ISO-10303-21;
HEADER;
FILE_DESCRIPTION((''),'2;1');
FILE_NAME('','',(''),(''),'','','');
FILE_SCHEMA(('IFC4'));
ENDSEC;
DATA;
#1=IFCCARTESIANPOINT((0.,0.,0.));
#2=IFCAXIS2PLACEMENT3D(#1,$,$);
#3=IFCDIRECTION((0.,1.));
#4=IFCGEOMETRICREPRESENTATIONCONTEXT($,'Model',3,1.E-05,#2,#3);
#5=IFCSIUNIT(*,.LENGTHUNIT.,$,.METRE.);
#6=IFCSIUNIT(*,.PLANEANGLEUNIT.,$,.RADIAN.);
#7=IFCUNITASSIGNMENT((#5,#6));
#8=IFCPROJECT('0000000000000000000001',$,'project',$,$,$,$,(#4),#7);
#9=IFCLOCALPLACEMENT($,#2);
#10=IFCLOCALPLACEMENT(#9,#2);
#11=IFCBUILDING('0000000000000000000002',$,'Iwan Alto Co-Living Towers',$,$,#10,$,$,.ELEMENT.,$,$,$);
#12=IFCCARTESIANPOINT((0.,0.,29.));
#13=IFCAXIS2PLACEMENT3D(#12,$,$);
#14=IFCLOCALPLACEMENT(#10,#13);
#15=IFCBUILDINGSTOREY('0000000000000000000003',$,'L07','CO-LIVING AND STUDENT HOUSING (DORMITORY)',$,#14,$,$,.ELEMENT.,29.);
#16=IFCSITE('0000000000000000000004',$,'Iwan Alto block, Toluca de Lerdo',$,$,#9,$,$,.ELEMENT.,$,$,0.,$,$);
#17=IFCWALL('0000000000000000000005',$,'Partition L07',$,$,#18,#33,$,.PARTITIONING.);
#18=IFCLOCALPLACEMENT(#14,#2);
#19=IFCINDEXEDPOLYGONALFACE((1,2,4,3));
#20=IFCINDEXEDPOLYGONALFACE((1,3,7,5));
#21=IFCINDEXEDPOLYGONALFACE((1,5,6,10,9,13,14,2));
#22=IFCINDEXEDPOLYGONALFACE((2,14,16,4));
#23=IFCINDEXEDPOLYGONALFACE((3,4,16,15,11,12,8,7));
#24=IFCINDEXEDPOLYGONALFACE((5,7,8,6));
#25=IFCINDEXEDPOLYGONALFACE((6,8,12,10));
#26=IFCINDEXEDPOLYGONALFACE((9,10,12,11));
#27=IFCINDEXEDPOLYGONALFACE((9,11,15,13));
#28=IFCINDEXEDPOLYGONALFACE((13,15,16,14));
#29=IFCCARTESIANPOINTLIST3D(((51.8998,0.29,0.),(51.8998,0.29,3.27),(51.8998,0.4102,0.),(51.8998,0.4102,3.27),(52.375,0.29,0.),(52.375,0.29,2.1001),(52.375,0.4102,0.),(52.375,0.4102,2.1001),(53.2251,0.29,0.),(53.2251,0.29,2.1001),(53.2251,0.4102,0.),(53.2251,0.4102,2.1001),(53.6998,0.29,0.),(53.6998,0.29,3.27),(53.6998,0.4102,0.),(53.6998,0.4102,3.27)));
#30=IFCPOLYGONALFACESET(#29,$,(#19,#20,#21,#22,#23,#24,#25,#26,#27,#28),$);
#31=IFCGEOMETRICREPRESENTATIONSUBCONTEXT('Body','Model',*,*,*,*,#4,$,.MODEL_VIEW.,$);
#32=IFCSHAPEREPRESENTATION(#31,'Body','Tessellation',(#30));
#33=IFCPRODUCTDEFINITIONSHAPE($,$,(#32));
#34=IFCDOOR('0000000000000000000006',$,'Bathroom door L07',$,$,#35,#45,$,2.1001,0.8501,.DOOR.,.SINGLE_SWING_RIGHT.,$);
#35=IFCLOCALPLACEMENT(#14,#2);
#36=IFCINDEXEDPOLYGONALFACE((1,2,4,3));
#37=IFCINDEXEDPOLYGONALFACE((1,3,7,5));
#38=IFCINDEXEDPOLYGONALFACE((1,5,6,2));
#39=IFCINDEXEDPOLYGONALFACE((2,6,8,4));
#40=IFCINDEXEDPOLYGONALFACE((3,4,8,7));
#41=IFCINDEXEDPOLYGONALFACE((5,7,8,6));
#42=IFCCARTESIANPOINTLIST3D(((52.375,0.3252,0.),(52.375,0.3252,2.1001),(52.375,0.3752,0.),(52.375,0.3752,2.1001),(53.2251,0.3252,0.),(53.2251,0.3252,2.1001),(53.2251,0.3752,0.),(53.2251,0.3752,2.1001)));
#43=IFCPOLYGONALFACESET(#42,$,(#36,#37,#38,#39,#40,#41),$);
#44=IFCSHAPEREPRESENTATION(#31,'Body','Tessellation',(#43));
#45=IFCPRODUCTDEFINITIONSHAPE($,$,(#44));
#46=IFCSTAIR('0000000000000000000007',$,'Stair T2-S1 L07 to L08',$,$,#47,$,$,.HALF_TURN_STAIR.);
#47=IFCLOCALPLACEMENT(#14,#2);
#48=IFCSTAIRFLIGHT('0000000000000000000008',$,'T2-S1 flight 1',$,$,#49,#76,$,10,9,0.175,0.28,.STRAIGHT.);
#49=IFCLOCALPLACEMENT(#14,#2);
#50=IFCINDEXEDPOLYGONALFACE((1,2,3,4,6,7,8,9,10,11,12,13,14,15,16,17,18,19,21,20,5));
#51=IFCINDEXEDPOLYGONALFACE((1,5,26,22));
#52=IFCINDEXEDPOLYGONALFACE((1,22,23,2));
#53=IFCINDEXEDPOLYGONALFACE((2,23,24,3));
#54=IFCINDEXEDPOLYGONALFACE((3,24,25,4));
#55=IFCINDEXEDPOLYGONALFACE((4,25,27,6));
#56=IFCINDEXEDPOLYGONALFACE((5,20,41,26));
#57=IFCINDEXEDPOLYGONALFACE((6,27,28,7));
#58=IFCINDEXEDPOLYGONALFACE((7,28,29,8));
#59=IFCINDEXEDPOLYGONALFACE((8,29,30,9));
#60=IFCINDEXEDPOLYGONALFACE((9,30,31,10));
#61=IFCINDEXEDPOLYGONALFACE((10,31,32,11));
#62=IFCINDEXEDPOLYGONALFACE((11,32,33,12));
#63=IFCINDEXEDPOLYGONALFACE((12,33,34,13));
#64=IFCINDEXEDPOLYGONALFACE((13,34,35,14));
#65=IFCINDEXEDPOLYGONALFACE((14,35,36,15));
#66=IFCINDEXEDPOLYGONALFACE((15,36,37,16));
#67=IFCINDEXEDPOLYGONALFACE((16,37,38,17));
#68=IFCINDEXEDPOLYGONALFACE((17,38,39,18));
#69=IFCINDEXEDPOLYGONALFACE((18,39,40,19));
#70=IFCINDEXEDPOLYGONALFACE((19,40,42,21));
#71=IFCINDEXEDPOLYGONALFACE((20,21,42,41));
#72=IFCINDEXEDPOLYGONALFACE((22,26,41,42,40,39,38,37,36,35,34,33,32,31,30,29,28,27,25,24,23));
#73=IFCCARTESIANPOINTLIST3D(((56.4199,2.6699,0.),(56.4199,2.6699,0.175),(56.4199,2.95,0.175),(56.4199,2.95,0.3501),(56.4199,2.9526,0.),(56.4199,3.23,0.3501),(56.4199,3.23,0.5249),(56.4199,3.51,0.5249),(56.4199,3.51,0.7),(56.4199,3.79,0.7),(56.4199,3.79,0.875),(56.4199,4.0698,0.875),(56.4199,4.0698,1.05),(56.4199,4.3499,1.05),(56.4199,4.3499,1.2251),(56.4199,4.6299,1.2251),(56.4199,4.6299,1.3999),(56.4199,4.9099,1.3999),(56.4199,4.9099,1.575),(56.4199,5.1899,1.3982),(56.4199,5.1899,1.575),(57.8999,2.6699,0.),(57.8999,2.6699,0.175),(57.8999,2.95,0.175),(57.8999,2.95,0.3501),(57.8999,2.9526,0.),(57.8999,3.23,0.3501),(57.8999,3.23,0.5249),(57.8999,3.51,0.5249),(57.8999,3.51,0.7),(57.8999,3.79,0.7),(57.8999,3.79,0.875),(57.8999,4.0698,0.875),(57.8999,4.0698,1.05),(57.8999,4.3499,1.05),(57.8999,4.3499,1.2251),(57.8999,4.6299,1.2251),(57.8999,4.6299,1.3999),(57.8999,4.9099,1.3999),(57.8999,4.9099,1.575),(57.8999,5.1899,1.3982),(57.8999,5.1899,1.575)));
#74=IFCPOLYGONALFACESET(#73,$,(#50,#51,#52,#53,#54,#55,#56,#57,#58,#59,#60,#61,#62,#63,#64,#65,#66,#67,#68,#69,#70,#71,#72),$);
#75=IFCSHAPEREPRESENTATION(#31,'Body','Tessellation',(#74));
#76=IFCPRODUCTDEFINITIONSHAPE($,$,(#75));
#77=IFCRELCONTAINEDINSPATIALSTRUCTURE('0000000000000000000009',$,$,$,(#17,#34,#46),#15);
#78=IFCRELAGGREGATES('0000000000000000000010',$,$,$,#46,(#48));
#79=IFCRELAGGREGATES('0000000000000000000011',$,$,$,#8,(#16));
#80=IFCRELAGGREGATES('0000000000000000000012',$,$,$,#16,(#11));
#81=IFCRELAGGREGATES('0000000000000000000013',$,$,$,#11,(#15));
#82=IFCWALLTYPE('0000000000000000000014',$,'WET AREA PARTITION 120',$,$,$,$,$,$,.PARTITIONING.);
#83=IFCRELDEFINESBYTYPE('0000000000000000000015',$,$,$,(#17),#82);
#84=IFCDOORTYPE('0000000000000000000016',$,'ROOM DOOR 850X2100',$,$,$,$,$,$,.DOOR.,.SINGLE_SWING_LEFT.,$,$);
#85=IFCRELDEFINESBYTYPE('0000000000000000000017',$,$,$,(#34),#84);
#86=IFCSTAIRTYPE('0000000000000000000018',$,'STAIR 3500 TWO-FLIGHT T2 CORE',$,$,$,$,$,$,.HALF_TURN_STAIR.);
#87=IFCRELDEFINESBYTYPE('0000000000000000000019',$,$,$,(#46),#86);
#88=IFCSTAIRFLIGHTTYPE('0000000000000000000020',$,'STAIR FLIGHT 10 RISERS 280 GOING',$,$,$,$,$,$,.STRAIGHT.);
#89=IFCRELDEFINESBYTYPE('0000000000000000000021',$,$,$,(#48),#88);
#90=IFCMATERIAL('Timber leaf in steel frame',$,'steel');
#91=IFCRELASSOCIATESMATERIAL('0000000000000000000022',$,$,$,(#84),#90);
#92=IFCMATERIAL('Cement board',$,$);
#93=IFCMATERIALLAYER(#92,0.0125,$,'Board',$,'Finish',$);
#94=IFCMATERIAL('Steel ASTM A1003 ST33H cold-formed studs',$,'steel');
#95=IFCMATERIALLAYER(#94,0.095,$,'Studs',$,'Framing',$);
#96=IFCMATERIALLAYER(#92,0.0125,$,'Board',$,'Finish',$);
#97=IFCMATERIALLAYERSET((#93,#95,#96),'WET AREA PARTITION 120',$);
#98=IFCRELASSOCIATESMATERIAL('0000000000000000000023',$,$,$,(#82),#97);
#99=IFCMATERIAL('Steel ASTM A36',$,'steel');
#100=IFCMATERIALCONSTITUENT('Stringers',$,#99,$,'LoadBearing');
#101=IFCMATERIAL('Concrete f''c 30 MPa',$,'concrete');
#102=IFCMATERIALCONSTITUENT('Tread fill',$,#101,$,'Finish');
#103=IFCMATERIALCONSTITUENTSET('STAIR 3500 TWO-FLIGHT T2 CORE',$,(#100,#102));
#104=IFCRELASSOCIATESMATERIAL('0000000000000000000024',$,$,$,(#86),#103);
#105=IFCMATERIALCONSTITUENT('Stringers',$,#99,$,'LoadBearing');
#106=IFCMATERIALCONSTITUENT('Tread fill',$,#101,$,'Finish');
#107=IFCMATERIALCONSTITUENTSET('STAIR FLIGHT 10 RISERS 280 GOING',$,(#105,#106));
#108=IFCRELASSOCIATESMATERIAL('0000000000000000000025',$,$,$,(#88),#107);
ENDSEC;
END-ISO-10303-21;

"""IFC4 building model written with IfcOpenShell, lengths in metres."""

from ifc_helpers import new_model, si_unit, direction, frame, frame_2d, origin, place, context, subcontext, project, spatial, polyline, rectangle, outline, extrude, material, layer, layer_set, constituent, constituent_set, type_object, element, fill, aggregate, save


model = new_model("IFC4")

# Units and contexts
model_context = context("Model", 3, precision=1e-05, world=origin(), true_north=direction((0.0, 1.0)))
body_context = subcontext(model_context, "Body", "Model", "MODEL_VIEW")
ifc_project = project(units=[si_unit("LENGTHUNIT", "METRE"), si_unit("PLANEANGLEUNIT", "RADIAN")], contexts=[model_context])

# Site, building, storey
site_placement = place(None, origin())
site = spatial("IfcSite", under=ifc_project, at=site_placement, Name="Iwan Alto block, Toluca de Lerdo", CompositionType="ELEMENT", RefElevation=0.0)
building_placement = place(site_placement, origin())
building = spatial("IfcBuilding", under=site, at=building_placement, Name="Iwan Alto Co-Living Towers", CompositionType="ELEMENT")
storey_placement = place(building_placement, frame((0.0, 0.0, 29.0)))
storey = spatial("IfcBuildingStorey", under=building, at=storey_placement, Name="L07", Description="CO-LIVING AND STUDENT HOUSING (DORMITORY)", CompositionType="ELEMENT", Elevation=29.0)

# Shared definitions
ifc_material_1 = material(Name="Steel ASTM A1003 ST33H cold-formed studs", Category="steel")

# Shared definitions
ifc_material_2 = material(Name="Timber leaf in steel frame", Category="steel")
door_type_1 = type_object("IfcDoorType", Name="ROOM DOOR 850X2100", OperationType="SINGLE_SWING_LEFT", PredefinedType="DOOR", material=ifc_material_2)

# Wall, opening, door
ifc_material_3 = material(Name="Cement board")
ifc_layer_1 = layer(ifc_material_3, 0.0125, Name="Board", Category="Finish")
ifc_layer_2 = layer(ifc_material_1, 0.095, Name="Studs", Category="Framing")
ifc_layer_3 = layer(ifc_material_3, 0.0125, Name="Board", Category="Finish")
ifc_layer_set_1 = layer_set([ifc_layer_1, ifc_layer_2, ifc_layer_3], Name="WET AREA PARTITION 120")
wall_type_1 = type_object("IfcWallType", Name="WET AREA PARTITION 120", PredefinedType="PARTITIONING", material=ifc_layer_set_1)
wall_1_placement = place(storey_placement, frame((51.8999, 0.3501, 0.0), z_axis=(0.0, 0.0, 1.0), x_axis=(1.0, 0.0, 0.0)))
wall_1 = element("IfcWall", 1, at=wall_1_placement, inside=storey, type_object=wall_type_1, Name="Partition L07", PredefinedType="PARTITIONING", context=body_context, shape_type="SweptSolid", body=[
    extrude(rectangle(XDim=1.8, YDim=0.1201, at=frame_2d((0.8999, 0.0))), origin(), (0.0, 0.0, 1.0), 3.27),
])
opening_1_placement = place(wall_1_placement, frame((0.4751, 0.0, 0.0)))
opening_1 = element("IfcOpeningElement", 2, at=opening_1_placement, cuts=wall_1, PredefinedType="OPENING", context=body_context, shape_type="SweptSolid", body=[
    extrude(rectangle(XDim=0.8501, YDim=2.1001, at=frame_2d((0.425, 1.05))), frame((0.0, 0.0701, 0.0), z_axis=(0.0, -1.0, 0.0), x_axis=(1.0, 0.0, 0.0)), (0.0, 0.0, 1.0), 0.1401),
])
door_1_placement = place(opening_1_placement, frame((0.8501, 0.0, 0.0), z_axis=(0.0, 0.0, 1.0), x_axis=(-1.0, 0.0, 0.0)))
door_1 = element("IfcDoor", 3, at=door_1_placement, inside=storey, type_object=door_type_1, Name="Bathroom door L07", OperationType="SINGLE_SWING_RIGHT", OverallHeight=2.1001, OverallWidth=0.8501, PredefinedType="DOOR", context=body_context, shape_type="SweptSolid", body=[
    extrude(rectangle(XDim=0.8501, YDim=2.1001, at=frame_2d((0.425, 1.05))), frame((0.0, 0.0249, 0.0), z_axis=(0.0, -1.0, 0.0), x_axis=(1.0, 0.0, 0.0)), (0.0, 0.0, 1.0), 0.05),
])
fill(opening_1, door_1)

# Stair, stair flight
ifc_material_4 = material(Name="Steel ASTM A36", Category="steel")
ifc_constituent_1 = constituent(ifc_material_4, Name="Stringers", Category="LoadBearing")
ifc_material_5 = material(Name="Concrete f'c 30 MPa", Category="concrete")
ifc_constituent_2 = constituent(ifc_material_5, Name="Tread fill", Category="Finish")
ifc_constituent_set_1 = constituent_set(constituents=[ifc_constituent_1, ifc_constituent_2], Name="STAIR 3500 TWO-FLIGHT T2 CORE")
stair_type = type_object("IfcStairType", Name="STAIR 3500 TWO-FLIGHT T2 CORE", PredefinedType="HALF_TURN_STAIR", material=ifc_constituent_set_1)
stair_placement = place(storey_placement, origin())
stair = element("IfcStair", 4, at=stair_placement, inside=storey, type_object=stair_type, Name="Stair T2-S1 L07 to L08", PredefinedType="HALF_TURN_STAIR")
ifc_constituent_3 = constituent(ifc_material_4, Name="Stringers", Category="LoadBearing")
ifc_constituent_4 = constituent(ifc_material_5, Name="Tread fill", Category="Finish")
ifc_constituent_set_2 = constituent_set(constituents=[ifc_constituent_3, ifc_constituent_4], Name="STAIR FLIGHT 10 RISERS 280 GOING")
stair_flight_type = type_object("IfcStairFlightType", Name="STAIR FLIGHT 10 RISERS 280 GOING", PredefinedType="STRAIGHT", material=ifc_constituent_set_2)
stair_flight_placement = place(storey_placement, frame((57.1599, 2.6699, 0.0), z_axis=(0.0, 0.0, 1.0), x_axis=(0.0, 1.0, 0.0)))
stair_flight = element("IfcStairFlight", 5, at=stair_flight_placement, type_object=stair_flight_type, Name="T2-S1 flight 1", NumberOfRisers=10, NumberOfTreads=9, PredefinedType="STRAIGHT", RiserHeight=0.175, TreadLength=0.28, context=body_context, shape_type="SweptSolid", body=[
    extrude(outline(polyline([(0.0, 0.0), (0.0, 0.175), (0.28, 0.175), (0.28, 0.3501), (0.5601, 0.3501), (0.5601, 0.5249), (0.8401, 0.5249), (0.8401, 0.7), (1.1201, 0.7), (1.1201, 0.875), (1.3999, 0.875), (1.3999, 1.05), (1.6799, 1.05), (1.6799, 1.2251), (1.96, 1.2251), (1.96, 1.3999), (2.24, 1.3999), (2.24, 1.575), (2.52, 1.575), (2.52, 1.75), (2.52, 1.3982), (0.2827, 0.0), (0.0, 0.0)])), frame((0.0, 0.74, 0.0), z_axis=(0.0, -1.0, 0.0), x_axis=(1.0, 0.0, 0.0)), (0.0, 0.0, 1.0), 1.48),
])
aggregate(stair, [stair_flight])

save(model, "model.ifc")
